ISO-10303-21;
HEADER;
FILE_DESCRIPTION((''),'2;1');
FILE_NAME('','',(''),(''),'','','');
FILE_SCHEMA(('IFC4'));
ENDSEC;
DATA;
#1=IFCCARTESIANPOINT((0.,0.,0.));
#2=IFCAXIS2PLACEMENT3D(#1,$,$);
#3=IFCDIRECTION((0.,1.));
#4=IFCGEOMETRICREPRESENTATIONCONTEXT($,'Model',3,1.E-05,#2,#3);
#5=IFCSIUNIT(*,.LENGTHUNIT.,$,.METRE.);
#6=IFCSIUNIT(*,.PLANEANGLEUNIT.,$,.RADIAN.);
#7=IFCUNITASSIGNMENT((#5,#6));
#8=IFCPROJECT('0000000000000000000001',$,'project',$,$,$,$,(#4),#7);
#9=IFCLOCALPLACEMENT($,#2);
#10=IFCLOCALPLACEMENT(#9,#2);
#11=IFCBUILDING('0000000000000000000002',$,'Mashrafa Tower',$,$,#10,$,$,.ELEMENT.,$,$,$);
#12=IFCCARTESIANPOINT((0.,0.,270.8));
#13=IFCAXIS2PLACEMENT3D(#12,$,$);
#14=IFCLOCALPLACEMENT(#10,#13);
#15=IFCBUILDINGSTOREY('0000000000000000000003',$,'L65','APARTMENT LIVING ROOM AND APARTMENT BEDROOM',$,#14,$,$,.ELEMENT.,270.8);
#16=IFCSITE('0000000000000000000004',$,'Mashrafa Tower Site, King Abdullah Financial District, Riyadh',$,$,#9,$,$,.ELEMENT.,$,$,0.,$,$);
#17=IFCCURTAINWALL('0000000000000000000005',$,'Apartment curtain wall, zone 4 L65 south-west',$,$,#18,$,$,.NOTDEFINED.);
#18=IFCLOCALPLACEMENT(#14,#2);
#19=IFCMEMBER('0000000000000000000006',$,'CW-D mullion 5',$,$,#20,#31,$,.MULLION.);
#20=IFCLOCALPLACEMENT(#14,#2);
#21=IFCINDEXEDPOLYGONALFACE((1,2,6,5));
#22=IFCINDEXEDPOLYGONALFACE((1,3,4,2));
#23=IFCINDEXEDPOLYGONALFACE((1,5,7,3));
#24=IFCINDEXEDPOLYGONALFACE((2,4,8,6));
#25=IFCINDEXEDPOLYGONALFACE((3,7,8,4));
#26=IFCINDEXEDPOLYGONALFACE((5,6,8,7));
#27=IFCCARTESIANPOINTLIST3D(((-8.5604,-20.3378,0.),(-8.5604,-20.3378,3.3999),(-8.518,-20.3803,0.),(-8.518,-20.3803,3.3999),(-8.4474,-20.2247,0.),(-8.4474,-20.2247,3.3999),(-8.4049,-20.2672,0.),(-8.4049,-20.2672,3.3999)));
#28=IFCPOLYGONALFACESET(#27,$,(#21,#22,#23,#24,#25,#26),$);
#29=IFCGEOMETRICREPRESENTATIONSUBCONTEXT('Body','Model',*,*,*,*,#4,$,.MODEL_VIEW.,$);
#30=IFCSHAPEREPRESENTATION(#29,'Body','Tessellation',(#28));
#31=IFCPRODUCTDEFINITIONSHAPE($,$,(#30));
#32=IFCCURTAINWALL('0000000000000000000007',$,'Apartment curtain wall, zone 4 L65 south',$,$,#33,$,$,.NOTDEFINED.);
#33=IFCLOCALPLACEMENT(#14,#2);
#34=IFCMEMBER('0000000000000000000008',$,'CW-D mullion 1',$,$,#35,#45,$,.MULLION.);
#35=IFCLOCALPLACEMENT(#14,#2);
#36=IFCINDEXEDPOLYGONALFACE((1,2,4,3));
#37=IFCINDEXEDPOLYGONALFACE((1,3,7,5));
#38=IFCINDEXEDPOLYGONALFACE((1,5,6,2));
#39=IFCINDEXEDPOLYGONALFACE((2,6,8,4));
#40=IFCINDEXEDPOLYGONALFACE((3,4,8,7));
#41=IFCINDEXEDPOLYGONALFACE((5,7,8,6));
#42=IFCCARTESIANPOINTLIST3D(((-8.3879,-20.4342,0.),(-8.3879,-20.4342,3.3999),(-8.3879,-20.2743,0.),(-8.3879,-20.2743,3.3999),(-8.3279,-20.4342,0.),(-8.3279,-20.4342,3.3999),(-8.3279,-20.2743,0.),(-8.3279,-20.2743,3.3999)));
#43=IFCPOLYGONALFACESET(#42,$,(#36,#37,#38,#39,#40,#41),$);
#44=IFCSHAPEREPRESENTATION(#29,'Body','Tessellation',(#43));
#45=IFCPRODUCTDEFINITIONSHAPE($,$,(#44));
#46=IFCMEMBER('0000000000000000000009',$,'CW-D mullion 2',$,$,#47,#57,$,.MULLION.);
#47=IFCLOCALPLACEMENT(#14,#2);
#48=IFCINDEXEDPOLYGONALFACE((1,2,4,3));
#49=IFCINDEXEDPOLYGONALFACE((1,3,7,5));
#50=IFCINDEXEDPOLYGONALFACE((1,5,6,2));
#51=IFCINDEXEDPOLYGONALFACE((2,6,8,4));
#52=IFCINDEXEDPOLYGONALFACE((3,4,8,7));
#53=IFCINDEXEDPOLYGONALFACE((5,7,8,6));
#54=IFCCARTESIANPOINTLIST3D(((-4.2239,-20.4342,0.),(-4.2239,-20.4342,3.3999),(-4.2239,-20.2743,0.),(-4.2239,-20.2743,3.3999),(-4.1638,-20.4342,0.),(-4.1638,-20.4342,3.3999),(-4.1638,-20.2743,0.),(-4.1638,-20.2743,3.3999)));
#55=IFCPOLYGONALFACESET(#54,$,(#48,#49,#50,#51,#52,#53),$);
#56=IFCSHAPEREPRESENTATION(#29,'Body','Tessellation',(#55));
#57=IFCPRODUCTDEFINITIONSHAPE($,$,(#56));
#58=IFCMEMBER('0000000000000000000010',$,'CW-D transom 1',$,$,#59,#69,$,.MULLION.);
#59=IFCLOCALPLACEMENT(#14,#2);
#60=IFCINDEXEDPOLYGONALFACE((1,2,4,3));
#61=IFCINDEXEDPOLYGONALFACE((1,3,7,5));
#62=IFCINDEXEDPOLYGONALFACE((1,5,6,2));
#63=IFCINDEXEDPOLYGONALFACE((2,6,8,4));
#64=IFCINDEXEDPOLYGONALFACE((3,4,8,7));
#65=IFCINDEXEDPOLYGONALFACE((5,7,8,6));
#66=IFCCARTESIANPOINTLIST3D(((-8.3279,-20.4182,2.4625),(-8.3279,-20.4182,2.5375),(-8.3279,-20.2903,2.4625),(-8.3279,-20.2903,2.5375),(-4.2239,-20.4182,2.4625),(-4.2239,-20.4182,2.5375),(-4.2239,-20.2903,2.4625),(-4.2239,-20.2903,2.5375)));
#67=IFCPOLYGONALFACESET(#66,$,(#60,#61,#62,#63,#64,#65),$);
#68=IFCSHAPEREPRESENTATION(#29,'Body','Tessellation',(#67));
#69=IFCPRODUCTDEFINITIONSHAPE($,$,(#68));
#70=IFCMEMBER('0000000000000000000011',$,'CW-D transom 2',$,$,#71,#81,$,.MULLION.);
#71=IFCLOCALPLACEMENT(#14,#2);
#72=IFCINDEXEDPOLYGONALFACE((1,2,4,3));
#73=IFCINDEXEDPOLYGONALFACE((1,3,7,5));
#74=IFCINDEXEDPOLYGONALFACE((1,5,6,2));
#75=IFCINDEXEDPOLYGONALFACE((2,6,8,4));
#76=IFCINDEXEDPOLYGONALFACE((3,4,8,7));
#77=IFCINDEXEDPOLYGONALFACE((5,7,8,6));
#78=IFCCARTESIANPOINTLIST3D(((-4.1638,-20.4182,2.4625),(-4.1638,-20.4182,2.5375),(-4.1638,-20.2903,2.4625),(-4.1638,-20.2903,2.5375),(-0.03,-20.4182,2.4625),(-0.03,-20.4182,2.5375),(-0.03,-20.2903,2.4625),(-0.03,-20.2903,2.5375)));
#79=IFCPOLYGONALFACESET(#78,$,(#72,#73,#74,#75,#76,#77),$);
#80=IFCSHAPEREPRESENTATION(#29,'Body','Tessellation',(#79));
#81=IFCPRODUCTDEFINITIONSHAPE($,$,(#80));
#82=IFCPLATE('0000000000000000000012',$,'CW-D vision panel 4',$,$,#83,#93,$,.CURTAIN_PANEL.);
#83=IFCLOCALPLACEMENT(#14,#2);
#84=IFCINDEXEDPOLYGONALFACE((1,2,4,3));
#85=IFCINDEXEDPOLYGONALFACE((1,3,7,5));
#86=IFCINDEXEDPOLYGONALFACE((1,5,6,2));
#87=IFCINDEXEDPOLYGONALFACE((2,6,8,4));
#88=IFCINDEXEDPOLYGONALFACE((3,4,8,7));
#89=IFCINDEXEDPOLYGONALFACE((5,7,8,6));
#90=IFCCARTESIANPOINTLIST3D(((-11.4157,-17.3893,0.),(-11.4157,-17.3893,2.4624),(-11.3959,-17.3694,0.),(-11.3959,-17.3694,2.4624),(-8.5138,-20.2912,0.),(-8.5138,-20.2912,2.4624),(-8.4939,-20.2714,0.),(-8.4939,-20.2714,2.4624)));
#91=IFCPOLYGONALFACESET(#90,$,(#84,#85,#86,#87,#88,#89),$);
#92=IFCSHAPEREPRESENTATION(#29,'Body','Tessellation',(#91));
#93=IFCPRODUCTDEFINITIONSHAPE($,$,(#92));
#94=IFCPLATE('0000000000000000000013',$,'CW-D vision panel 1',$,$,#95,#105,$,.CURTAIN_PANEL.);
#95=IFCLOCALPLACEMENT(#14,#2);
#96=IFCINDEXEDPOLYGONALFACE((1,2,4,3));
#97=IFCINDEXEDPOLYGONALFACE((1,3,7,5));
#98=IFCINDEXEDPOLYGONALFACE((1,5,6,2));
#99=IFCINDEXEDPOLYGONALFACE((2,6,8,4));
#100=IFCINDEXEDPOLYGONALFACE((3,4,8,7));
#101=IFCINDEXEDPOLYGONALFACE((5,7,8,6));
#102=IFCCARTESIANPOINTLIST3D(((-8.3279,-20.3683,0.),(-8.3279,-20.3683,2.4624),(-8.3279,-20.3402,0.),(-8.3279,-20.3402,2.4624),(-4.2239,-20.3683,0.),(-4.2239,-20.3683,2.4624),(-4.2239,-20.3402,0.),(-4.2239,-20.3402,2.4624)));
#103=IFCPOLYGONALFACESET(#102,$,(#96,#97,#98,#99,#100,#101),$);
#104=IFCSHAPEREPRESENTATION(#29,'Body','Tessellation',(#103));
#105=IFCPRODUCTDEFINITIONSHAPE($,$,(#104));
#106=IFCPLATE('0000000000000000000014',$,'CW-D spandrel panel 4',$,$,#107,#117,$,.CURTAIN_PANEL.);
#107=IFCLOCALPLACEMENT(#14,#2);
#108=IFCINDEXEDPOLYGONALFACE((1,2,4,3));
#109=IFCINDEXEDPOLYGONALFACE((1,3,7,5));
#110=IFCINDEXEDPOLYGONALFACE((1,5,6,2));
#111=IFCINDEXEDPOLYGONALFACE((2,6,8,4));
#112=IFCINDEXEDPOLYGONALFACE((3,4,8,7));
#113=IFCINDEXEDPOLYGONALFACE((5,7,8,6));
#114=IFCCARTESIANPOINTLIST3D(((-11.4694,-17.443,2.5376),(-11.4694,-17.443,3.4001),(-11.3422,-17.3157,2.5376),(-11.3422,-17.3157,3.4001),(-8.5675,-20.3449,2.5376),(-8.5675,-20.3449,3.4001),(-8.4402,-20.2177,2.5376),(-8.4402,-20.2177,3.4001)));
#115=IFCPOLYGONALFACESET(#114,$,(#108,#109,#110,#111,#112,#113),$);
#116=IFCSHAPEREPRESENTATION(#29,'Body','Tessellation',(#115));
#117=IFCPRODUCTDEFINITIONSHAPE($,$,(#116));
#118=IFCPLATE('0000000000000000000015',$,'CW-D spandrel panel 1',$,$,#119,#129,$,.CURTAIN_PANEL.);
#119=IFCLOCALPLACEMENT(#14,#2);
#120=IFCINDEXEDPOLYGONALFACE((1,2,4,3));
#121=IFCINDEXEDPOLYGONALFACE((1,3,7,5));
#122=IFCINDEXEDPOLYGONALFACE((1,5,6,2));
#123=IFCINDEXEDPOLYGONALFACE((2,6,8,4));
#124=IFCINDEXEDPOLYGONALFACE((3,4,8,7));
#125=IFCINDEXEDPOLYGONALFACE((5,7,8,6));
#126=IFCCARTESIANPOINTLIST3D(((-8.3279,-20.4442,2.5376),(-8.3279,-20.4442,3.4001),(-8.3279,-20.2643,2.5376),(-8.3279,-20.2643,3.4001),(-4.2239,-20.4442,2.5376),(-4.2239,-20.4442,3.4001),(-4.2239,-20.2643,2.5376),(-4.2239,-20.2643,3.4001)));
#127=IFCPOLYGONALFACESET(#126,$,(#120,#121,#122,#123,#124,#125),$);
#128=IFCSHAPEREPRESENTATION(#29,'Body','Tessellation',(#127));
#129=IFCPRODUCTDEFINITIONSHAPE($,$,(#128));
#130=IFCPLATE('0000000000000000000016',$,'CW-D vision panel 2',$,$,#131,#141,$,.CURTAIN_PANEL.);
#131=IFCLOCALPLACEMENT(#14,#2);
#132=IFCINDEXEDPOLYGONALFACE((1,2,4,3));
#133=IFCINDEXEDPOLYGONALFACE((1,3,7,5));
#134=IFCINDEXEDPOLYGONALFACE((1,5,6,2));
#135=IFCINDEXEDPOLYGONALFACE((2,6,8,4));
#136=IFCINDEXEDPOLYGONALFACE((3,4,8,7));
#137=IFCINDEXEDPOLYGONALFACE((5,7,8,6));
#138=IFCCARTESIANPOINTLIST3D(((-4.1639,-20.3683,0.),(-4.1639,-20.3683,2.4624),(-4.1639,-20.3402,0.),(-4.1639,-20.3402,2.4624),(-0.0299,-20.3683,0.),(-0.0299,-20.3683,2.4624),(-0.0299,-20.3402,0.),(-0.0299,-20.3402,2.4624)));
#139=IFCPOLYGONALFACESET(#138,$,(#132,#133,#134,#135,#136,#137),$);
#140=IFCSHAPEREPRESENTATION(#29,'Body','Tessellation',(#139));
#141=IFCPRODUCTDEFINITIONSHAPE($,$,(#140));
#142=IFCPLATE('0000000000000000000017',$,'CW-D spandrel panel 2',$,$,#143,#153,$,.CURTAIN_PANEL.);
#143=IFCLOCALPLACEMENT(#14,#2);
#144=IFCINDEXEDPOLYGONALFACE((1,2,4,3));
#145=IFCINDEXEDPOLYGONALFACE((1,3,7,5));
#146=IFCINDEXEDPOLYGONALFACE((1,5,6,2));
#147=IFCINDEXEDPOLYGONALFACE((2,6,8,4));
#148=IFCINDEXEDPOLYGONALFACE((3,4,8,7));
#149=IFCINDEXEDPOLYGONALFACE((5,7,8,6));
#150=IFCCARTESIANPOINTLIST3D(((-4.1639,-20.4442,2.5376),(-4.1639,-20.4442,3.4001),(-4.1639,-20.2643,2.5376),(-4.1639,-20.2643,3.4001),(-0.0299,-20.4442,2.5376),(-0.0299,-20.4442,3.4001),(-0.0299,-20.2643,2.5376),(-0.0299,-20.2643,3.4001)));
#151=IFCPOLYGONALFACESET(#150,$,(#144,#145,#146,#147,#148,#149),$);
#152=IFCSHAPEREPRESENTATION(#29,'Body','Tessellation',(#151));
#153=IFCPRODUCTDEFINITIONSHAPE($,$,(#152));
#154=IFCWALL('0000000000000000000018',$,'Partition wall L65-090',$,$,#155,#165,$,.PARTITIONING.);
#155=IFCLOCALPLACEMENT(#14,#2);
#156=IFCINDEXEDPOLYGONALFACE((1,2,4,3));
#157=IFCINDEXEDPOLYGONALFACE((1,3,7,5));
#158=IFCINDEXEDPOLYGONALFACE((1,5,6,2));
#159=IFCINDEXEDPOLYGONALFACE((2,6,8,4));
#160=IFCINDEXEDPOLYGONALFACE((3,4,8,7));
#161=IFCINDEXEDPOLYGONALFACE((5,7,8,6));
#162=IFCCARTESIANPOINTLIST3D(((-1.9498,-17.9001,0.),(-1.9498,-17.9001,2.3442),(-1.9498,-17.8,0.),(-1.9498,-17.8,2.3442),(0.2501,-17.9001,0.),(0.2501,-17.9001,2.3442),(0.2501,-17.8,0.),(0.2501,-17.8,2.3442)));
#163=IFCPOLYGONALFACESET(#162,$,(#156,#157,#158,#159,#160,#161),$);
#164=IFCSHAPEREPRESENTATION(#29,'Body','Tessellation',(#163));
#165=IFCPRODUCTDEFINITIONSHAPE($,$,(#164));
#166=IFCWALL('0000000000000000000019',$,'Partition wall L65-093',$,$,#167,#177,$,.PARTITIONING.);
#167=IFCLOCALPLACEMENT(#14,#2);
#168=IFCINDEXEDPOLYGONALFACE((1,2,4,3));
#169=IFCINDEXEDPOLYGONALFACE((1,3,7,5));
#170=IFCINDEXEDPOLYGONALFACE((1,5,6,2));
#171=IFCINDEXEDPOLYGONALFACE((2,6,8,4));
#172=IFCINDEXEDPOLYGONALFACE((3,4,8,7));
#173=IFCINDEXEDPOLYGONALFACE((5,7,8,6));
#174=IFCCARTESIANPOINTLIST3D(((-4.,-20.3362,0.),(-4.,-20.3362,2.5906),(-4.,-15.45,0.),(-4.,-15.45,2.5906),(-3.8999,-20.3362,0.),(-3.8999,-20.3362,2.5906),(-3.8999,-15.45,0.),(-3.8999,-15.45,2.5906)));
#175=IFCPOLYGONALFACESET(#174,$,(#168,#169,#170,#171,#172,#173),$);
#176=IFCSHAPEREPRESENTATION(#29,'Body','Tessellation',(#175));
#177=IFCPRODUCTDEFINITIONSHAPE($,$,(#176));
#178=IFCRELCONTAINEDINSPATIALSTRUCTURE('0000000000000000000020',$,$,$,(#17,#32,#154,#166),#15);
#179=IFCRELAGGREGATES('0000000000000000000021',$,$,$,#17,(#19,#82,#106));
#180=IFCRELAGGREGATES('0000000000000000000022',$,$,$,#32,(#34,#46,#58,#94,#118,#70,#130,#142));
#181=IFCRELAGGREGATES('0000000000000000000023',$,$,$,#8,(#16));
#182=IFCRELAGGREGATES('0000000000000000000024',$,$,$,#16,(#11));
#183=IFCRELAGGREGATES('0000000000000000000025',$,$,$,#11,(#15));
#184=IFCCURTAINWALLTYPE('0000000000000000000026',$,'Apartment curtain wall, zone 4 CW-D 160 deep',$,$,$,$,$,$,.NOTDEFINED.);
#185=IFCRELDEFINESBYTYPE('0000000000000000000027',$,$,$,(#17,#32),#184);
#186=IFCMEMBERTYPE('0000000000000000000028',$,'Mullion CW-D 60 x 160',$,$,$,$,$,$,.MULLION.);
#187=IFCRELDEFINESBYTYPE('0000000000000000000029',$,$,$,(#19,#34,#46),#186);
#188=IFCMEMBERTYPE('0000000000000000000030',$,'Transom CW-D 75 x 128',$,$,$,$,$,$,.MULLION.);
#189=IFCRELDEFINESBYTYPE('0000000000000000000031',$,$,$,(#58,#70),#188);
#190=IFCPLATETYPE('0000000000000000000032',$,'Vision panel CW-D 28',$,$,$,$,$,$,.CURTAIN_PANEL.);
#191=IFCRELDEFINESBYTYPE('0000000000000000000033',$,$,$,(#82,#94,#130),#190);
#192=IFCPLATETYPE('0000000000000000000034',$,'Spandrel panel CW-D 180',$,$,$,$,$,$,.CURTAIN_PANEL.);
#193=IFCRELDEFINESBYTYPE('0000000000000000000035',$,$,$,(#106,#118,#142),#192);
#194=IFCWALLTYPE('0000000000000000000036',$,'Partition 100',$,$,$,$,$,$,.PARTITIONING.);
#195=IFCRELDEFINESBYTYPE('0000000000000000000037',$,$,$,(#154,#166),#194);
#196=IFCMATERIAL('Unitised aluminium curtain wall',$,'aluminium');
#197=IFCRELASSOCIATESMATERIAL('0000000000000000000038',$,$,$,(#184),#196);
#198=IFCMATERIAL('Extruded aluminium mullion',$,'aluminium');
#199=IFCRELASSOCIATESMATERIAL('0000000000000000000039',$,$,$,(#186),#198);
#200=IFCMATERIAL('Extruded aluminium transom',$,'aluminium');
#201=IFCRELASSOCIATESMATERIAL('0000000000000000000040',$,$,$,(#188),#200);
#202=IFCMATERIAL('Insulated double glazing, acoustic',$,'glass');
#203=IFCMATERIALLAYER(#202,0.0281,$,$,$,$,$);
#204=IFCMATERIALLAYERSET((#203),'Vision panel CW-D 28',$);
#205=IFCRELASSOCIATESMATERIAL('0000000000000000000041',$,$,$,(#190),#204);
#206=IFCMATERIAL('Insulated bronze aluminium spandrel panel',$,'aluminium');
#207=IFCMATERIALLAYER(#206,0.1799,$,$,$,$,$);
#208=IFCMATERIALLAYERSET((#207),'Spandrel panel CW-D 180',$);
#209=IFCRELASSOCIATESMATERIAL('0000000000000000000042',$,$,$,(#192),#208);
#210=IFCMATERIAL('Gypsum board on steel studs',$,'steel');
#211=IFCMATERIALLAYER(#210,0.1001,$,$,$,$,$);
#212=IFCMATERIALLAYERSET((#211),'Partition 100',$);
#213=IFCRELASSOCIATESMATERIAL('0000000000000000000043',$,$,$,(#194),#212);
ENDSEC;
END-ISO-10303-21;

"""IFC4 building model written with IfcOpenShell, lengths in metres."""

from ifc_helpers import new_model, si_unit, direction, frame, frame_2d, origin, origin_2d, place, context, subcontext, project, spatial, rectangle, extrude, source, transform, mapped, material, layer, layer_set, material_profile, profile_set, type_object, type_shapes, element, aggregate, save


model = new_model("IFC4")

# Units and contexts
model_context = context("Model", 3, precision=1e-05, world=origin(), true_north=direction((0.0, 1.0)))
body_context = subcontext(model_context, "Body", "Model", "MODEL_VIEW")
ifc_project = project(units=[si_unit("LENGTHUNIT", "METRE"), si_unit("PLANEANGLEUNIT", "RADIAN")], contexts=[model_context])

# Site, building, storey
site_placement = place(None, origin())
site = spatial("IfcSite", under=ifc_project, at=site_placement, Name="Mashrafa Tower Site, King Abdullah Financial District, Riyadh", CompositionType="ELEMENT", RefElevation=0.0)
building_placement = place(site_placement, origin())
building = spatial("IfcBuilding", under=site, at=building_placement, Name="Mashrafa Tower", CompositionType="ELEMENT")
storey_placement = place(building_placement, frame((0.0, 0.0, 270.8)))
storey = spatial("IfcBuildingStorey", under=building, at=storey_placement, Name="L65", Description="APARTMENT LIVING ROOM AND APARTMENT BEDROOM", CompositionType="ELEMENT", Elevation=270.8)

# Curtain wall, member
ifc_material_1 = material(Name="Unitised aluminium curtain wall", Category="aluminium")
curtain_wall_type = type_object("IfcCurtainWallType", Name="Apartment curtain wall, zone 4 CW-D 160 deep", PredefinedType="NOTDEFINED", material=ifc_material_1)
curtain_wall_1_placement = place(storey_placement, origin())
curtain_wall_1 = element("IfcCurtainWall", 1, at=curtain_wall_1_placement, inside=storey, type_object=curtain_wall_type, Name="Apartment curtain wall, zone 4 L65 south-west", PredefinedType="NOTDEFINED")
ifc_material_2 = material(Name="Extruded aluminium mullion", Category="aluminium")
ifc_material_profile_1 = material_profile(ifc_material_2, rectangle(XDim=0.1599, YDim=0.0601, at=origin_2d()), Name="Mullion 60x160")
ifc_profile_set_1 = profile_set([ifc_material_profile_1], Name="Extruded aluminium mullion")
member_type_1 = type_object("IfcMemberType", Name="Mullion CW-D 60 x 160", PredefinedType="MULLION", material=ifc_profile_set_1)
shared_shape_1 = source(origin(), body_context, "Body", "SweptSolid", [
    extrude(rectangle(XDim=0.1599, YDim=0.0601, at=origin_2d()), origin(), (0.0, 0.0, 1.0), 3.3999),
])
type_shapes(member_type_1, [shared_shape_1])
member_1_placement = place(storey_placement, frame((-8.4827, -20.3025, 0.0), z_axis=(0.0, 0.0, 1.0), x_axis=(0.707107, 0.707107, 0.0)))
member_1 = element("IfcMember", 2, at=member_1_placement, type_object=member_type_1, Name="CW-D mullion 5", PredefinedType="MULLION", context=body_context, shape_type="MappedRepresentation", body=[
    mapped(shared_shape_1, transform((0.0, 0.0, 0.0))),
])

# Curtain wall, members
curtain_wall_2_placement = place(storey_placement, origin())
curtain_wall_2 = element("IfcCurtainWall", 3, at=curtain_wall_2_placement, inside=storey, type_object=curtain_wall_type, Name="Apartment curtain wall, zone 4 L65 south", PredefinedType="NOTDEFINED")
member_2_placement = place(storey_placement, frame((-8.3579, -20.3542, 0.0), z_axis=(0.0, 0.0, 1.0), x_axis=(0.0, 1.0, 0.0)))
member_2 = element("IfcMember", 4, at=member_2_placement, type_object=member_type_1, Name="CW-D mullion 1", PredefinedType="MULLION", context=body_context, shape_type="MappedRepresentation", body=[
    mapped(shared_shape_1, transform((0.0, 0.0, 0.0))),
])
member_3_placement = place(storey_placement, frame((-4.1938, -20.3542, 0.0), z_axis=(0.0, 0.0, 1.0), x_axis=(0.0, 1.0, 0.0)))
member_3 = element("IfcMember", 5, at=member_3_placement, type_object=member_type_1, Name="CW-D mullion 2", PredefinedType="MULLION", context=body_context, shape_type="MappedRepresentation", body=[
    mapped(shared_shape_1, transform((0.0, 0.0, 0.0))),
])
ifc_material_3 = material(Name="Extruded aluminium transom", Category="aluminium")
ifc_material_profile_2 = material_profile(ifc_material_3, rectangle(XDim=0.1279, YDim=0.075, at=origin_2d()), Name="Transom 75x128")
ifc_profile_set_2 = profile_set([ifc_material_profile_2], Name="Extruded aluminium transom")
member_type_2 = type_object("IfcMemberType", Name="Transom CW-D 75 x 128", PredefinedType="MULLION", material=ifc_profile_set_2)
shared_shape_2 = source(origin(), body_context, "Body", "SweptSolid", [
    extrude(rectangle(XDim=0.1279, YDim=0.075, at=origin_2d()), origin(), (0.0, 0.0, 1.0), 4.104),
])
member_4_placement = place(storey_placement, frame((-8.3279, -20.3542, 2.5), z_axis=(1.0, 0.0, 0.0), x_axis=(0.0, 1.0, 0.0)))
member_4 = element("IfcMember", 6, at=member_4_placement, type_object=member_type_2, Name="CW-D transom 1", PredefinedType="MULLION", context=body_context, shape_type="MappedRepresentation", body=[
    mapped(shared_shape_2, transform((0.0, 0.0, 0.0))),
])
shared_shape_3 = source(origin(), body_context, "Body", "SweptSolid", [
    extrude(rectangle(XDim=0.1279, YDim=0.075, at=origin_2d()), origin(), (0.0, 0.0, 1.0), 4.1338),
])
type_shapes(member_type_2, [shared_shape_2, shared_shape_3])
member_5_placement = place(storey_placement, frame((-4.1638, -20.3542, 2.5), z_axis=(1.0, 0.0, 0.0), x_axis=(0.0, 1.0, 0.0)))
member_5 = element("IfcMember", 7, at=member_5_placement, type_object=member_type_2, Name="CW-D transom 2", PredefinedType="MULLION", context=body_context, shape_type="MappedRepresentation", body=[
    mapped(shared_shape_3, transform((0.0, 0.0, 0.0))),
])

# Plates
ifc_material_4 = material(Name="Insulated double glazing, acoustic", Category="glass")
ifc_layer_1 = layer(ifc_material_4, 0.0281)
ifc_layer_set_1 = layer_set([ifc_layer_1], Name="Vision panel CW-D 28")
plate_type_1 = type_object("IfcPlateType", Name="Vision panel CW-D 28", PredefinedType="CURTAIN_PANEL", material=ifc_layer_set_1)
shared_shape_4 = source(origin(), body_context, "Body", "SweptSolid", [
    extrude(rectangle(XDim=4.104, YDim=0.0281, at=origin_2d()), origin(), (0.0, 0.0, 1.0), 2.4624),
])
plate_1_placement = place(storey_placement, frame((-9.9548, -18.8303, 0.0), z_axis=(0.0, 0.0, 1.0), x_axis=(0.707107, -0.707107, 0.0)))
plate_1 = element("IfcPlate", 8, at=plate_1_placement, type_object=plate_type_1, Name="CW-D vision panel 4", PredefinedType="CURTAIN_PANEL", context=body_context, shape_type="MappedRepresentation", body=[
    mapped(shared_shape_4, transform((0.0, 0.0, 0.0))),
])
plate_2_placement = place(storey_placement, frame((-6.2759, -20.3542, 0.0), z_axis=(0.0, 0.0, 1.0), x_axis=(1.0, 0.0, 0.0)))
plate_2 = element("IfcPlate", 9, at=plate_2_placement, type_object=plate_type_1, Name="CW-D vision panel 1", PredefinedType="CURTAIN_PANEL", context=body_context, shape_type="MappedRepresentation", body=[
    mapped(shared_shape_4, transform((0.0, 0.0, 0.0))),
])
ifc_material_5 = material(Name="Insulated bronze aluminium spandrel panel", Category="aluminium")
ifc_layer_2 = layer(ifc_material_5, 0.1799)
ifc_layer_set_2 = layer_set([ifc_layer_2], Name="Spandrel panel CW-D 180")
plate_type_2 = type_object("IfcPlateType", Name="Spandrel panel CW-D 180", PredefinedType="CURTAIN_PANEL", material=ifc_layer_set_2)
shared_shape_5 = source(origin(), body_context, "Body", "SweptSolid", [
    extrude(rectangle(XDim=4.104, YDim=0.1799, at=origin_2d()), origin(), (0.0, 0.0, 1.0), 0.8625),
])
plate_3_placement = place(storey_placement, frame((-9.9548, -18.8303, 2.5376), z_axis=(0.0, 0.0, 1.0), x_axis=(0.707107, -0.707107, 0.0)))
plate_3 = element("IfcPlate", 10, at=plate_3_placement, type_object=plate_type_2, Name="CW-D spandrel panel 4", PredefinedType="CURTAIN_PANEL", context=body_context, shape_type="MappedRepresentation", body=[
    mapped(shared_shape_5, transform((0.0, 0.0, 0.0))),
])
aggregate(curtain_wall_1, [member_1, plate_1, plate_3])
plate_4_placement = place(storey_placement, frame((-6.2759, -20.3542, 2.5376), z_axis=(0.0, 0.0, 1.0), x_axis=(1.0, 0.0, 0.0)))
plate_4 = element("IfcPlate", 11, at=plate_4_placement, type_object=plate_type_2, Name="CW-D spandrel panel 1", PredefinedType="CURTAIN_PANEL", context=body_context, shape_type="MappedRepresentation", body=[
    mapped(shared_shape_5, transform((0.0, 0.0, 0.0))),
])
shared_shape_6 = source(origin(), body_context, "Body", "SweptSolid", [
    extrude(rectangle(XDim=4.134, YDim=0.0281, at=origin_2d()), origin(), (0.0, 0.0, 1.0), 2.4624),
])
type_shapes(plate_type_1, [shared_shape_4, shared_shape_6])
plate_5_placement = place(storey_placement, frame((-2.0969, -20.3542, 0.0), z_axis=(0.0, 0.0, 1.0), x_axis=(1.0, 0.0, 0.0)))
plate_5 = element("IfcPlate", 12, at=plate_5_placement, type_object=plate_type_1, Name="CW-D vision panel 2", PredefinedType="CURTAIN_PANEL", context=body_context, shape_type="MappedRepresentation", body=[
    mapped(shared_shape_6, transform((0.0, 0.0, 0.0))),
])
shared_shape_7 = source(origin(), body_context, "Body", "SweptSolid", [
    extrude(rectangle(XDim=4.134, YDim=0.1799, at=origin_2d()), origin(), (0.0, 0.0, 1.0), 0.8625),
])
type_shapes(plate_type_2, [shared_shape_5, shared_shape_7])
plate_6_placement = place(storey_placement, frame((-2.0969, -20.3542, 2.5376), z_axis=(0.0, 0.0, 1.0), x_axis=(1.0, 0.0, 0.0)))
plate_6 = element("IfcPlate", 13, at=plate_6_placement, type_object=plate_type_2, Name="CW-D spandrel panel 2", PredefinedType="CURTAIN_PANEL", context=body_context, shape_type="MappedRepresentation", body=[
    mapped(shared_shape_7, transform((0.0, 0.0, 0.0))),
])
aggregate(curtain_wall_2, [member_2, member_3, member_4, plate_2, plate_4, member_5, plate_5, plate_6])

# Walls
ifc_material_6 = material(Name="Gypsum board on steel studs", Category="steel")
ifc_layer_3 = layer(ifc_material_6, 0.1001)
ifc_layer_set_3 = layer_set([ifc_layer_3], Name="Partition 100")
wall_type = type_object("IfcWallType", Name="Partition 100", PredefinedType="PARTITIONING", material=ifc_layer_set_3)
wall_1_placement = place(storey_placement, frame((-1.95, -17.8501, 0.0), z_axis=(0.0, 0.0, 1.0), x_axis=(1.0, 0.0, 0.0)))
element("IfcWall", 14, at=wall_1_placement, inside=storey, type_object=wall_type, Name="Partition wall L65-090", PredefinedType="PARTITIONING", context=body_context, shape_type="SweptSolid", body=[
    extrude(rectangle(XDim=2.2, YDim=0.1001, at=frame_2d((1.1001, 0.0))), origin(), (0.0, 0.0, 1.0), 2.3442),
])
wall_2_placement = place(storey_placement, frame((-3.95, -15.45, 0.0), z_axis=(0.0, 0.0, 1.0), x_axis=(0.0, -1.0, 0.0)))
element("IfcWall", 15, at=wall_2_placement, inside=storey, type_object=wall_type, Name="Partition wall L65-093", PredefinedType="PARTITIONING", context=body_context, shape_type="SweptSolid", body=[
    extrude(rectangle(XDim=4.8862, YDim=0.1001, at=frame_2d((2.4431, 0.0))), origin(), (0.0, 0.0, 1.0), 2.5906),
])

save(model, "model.ifc")
